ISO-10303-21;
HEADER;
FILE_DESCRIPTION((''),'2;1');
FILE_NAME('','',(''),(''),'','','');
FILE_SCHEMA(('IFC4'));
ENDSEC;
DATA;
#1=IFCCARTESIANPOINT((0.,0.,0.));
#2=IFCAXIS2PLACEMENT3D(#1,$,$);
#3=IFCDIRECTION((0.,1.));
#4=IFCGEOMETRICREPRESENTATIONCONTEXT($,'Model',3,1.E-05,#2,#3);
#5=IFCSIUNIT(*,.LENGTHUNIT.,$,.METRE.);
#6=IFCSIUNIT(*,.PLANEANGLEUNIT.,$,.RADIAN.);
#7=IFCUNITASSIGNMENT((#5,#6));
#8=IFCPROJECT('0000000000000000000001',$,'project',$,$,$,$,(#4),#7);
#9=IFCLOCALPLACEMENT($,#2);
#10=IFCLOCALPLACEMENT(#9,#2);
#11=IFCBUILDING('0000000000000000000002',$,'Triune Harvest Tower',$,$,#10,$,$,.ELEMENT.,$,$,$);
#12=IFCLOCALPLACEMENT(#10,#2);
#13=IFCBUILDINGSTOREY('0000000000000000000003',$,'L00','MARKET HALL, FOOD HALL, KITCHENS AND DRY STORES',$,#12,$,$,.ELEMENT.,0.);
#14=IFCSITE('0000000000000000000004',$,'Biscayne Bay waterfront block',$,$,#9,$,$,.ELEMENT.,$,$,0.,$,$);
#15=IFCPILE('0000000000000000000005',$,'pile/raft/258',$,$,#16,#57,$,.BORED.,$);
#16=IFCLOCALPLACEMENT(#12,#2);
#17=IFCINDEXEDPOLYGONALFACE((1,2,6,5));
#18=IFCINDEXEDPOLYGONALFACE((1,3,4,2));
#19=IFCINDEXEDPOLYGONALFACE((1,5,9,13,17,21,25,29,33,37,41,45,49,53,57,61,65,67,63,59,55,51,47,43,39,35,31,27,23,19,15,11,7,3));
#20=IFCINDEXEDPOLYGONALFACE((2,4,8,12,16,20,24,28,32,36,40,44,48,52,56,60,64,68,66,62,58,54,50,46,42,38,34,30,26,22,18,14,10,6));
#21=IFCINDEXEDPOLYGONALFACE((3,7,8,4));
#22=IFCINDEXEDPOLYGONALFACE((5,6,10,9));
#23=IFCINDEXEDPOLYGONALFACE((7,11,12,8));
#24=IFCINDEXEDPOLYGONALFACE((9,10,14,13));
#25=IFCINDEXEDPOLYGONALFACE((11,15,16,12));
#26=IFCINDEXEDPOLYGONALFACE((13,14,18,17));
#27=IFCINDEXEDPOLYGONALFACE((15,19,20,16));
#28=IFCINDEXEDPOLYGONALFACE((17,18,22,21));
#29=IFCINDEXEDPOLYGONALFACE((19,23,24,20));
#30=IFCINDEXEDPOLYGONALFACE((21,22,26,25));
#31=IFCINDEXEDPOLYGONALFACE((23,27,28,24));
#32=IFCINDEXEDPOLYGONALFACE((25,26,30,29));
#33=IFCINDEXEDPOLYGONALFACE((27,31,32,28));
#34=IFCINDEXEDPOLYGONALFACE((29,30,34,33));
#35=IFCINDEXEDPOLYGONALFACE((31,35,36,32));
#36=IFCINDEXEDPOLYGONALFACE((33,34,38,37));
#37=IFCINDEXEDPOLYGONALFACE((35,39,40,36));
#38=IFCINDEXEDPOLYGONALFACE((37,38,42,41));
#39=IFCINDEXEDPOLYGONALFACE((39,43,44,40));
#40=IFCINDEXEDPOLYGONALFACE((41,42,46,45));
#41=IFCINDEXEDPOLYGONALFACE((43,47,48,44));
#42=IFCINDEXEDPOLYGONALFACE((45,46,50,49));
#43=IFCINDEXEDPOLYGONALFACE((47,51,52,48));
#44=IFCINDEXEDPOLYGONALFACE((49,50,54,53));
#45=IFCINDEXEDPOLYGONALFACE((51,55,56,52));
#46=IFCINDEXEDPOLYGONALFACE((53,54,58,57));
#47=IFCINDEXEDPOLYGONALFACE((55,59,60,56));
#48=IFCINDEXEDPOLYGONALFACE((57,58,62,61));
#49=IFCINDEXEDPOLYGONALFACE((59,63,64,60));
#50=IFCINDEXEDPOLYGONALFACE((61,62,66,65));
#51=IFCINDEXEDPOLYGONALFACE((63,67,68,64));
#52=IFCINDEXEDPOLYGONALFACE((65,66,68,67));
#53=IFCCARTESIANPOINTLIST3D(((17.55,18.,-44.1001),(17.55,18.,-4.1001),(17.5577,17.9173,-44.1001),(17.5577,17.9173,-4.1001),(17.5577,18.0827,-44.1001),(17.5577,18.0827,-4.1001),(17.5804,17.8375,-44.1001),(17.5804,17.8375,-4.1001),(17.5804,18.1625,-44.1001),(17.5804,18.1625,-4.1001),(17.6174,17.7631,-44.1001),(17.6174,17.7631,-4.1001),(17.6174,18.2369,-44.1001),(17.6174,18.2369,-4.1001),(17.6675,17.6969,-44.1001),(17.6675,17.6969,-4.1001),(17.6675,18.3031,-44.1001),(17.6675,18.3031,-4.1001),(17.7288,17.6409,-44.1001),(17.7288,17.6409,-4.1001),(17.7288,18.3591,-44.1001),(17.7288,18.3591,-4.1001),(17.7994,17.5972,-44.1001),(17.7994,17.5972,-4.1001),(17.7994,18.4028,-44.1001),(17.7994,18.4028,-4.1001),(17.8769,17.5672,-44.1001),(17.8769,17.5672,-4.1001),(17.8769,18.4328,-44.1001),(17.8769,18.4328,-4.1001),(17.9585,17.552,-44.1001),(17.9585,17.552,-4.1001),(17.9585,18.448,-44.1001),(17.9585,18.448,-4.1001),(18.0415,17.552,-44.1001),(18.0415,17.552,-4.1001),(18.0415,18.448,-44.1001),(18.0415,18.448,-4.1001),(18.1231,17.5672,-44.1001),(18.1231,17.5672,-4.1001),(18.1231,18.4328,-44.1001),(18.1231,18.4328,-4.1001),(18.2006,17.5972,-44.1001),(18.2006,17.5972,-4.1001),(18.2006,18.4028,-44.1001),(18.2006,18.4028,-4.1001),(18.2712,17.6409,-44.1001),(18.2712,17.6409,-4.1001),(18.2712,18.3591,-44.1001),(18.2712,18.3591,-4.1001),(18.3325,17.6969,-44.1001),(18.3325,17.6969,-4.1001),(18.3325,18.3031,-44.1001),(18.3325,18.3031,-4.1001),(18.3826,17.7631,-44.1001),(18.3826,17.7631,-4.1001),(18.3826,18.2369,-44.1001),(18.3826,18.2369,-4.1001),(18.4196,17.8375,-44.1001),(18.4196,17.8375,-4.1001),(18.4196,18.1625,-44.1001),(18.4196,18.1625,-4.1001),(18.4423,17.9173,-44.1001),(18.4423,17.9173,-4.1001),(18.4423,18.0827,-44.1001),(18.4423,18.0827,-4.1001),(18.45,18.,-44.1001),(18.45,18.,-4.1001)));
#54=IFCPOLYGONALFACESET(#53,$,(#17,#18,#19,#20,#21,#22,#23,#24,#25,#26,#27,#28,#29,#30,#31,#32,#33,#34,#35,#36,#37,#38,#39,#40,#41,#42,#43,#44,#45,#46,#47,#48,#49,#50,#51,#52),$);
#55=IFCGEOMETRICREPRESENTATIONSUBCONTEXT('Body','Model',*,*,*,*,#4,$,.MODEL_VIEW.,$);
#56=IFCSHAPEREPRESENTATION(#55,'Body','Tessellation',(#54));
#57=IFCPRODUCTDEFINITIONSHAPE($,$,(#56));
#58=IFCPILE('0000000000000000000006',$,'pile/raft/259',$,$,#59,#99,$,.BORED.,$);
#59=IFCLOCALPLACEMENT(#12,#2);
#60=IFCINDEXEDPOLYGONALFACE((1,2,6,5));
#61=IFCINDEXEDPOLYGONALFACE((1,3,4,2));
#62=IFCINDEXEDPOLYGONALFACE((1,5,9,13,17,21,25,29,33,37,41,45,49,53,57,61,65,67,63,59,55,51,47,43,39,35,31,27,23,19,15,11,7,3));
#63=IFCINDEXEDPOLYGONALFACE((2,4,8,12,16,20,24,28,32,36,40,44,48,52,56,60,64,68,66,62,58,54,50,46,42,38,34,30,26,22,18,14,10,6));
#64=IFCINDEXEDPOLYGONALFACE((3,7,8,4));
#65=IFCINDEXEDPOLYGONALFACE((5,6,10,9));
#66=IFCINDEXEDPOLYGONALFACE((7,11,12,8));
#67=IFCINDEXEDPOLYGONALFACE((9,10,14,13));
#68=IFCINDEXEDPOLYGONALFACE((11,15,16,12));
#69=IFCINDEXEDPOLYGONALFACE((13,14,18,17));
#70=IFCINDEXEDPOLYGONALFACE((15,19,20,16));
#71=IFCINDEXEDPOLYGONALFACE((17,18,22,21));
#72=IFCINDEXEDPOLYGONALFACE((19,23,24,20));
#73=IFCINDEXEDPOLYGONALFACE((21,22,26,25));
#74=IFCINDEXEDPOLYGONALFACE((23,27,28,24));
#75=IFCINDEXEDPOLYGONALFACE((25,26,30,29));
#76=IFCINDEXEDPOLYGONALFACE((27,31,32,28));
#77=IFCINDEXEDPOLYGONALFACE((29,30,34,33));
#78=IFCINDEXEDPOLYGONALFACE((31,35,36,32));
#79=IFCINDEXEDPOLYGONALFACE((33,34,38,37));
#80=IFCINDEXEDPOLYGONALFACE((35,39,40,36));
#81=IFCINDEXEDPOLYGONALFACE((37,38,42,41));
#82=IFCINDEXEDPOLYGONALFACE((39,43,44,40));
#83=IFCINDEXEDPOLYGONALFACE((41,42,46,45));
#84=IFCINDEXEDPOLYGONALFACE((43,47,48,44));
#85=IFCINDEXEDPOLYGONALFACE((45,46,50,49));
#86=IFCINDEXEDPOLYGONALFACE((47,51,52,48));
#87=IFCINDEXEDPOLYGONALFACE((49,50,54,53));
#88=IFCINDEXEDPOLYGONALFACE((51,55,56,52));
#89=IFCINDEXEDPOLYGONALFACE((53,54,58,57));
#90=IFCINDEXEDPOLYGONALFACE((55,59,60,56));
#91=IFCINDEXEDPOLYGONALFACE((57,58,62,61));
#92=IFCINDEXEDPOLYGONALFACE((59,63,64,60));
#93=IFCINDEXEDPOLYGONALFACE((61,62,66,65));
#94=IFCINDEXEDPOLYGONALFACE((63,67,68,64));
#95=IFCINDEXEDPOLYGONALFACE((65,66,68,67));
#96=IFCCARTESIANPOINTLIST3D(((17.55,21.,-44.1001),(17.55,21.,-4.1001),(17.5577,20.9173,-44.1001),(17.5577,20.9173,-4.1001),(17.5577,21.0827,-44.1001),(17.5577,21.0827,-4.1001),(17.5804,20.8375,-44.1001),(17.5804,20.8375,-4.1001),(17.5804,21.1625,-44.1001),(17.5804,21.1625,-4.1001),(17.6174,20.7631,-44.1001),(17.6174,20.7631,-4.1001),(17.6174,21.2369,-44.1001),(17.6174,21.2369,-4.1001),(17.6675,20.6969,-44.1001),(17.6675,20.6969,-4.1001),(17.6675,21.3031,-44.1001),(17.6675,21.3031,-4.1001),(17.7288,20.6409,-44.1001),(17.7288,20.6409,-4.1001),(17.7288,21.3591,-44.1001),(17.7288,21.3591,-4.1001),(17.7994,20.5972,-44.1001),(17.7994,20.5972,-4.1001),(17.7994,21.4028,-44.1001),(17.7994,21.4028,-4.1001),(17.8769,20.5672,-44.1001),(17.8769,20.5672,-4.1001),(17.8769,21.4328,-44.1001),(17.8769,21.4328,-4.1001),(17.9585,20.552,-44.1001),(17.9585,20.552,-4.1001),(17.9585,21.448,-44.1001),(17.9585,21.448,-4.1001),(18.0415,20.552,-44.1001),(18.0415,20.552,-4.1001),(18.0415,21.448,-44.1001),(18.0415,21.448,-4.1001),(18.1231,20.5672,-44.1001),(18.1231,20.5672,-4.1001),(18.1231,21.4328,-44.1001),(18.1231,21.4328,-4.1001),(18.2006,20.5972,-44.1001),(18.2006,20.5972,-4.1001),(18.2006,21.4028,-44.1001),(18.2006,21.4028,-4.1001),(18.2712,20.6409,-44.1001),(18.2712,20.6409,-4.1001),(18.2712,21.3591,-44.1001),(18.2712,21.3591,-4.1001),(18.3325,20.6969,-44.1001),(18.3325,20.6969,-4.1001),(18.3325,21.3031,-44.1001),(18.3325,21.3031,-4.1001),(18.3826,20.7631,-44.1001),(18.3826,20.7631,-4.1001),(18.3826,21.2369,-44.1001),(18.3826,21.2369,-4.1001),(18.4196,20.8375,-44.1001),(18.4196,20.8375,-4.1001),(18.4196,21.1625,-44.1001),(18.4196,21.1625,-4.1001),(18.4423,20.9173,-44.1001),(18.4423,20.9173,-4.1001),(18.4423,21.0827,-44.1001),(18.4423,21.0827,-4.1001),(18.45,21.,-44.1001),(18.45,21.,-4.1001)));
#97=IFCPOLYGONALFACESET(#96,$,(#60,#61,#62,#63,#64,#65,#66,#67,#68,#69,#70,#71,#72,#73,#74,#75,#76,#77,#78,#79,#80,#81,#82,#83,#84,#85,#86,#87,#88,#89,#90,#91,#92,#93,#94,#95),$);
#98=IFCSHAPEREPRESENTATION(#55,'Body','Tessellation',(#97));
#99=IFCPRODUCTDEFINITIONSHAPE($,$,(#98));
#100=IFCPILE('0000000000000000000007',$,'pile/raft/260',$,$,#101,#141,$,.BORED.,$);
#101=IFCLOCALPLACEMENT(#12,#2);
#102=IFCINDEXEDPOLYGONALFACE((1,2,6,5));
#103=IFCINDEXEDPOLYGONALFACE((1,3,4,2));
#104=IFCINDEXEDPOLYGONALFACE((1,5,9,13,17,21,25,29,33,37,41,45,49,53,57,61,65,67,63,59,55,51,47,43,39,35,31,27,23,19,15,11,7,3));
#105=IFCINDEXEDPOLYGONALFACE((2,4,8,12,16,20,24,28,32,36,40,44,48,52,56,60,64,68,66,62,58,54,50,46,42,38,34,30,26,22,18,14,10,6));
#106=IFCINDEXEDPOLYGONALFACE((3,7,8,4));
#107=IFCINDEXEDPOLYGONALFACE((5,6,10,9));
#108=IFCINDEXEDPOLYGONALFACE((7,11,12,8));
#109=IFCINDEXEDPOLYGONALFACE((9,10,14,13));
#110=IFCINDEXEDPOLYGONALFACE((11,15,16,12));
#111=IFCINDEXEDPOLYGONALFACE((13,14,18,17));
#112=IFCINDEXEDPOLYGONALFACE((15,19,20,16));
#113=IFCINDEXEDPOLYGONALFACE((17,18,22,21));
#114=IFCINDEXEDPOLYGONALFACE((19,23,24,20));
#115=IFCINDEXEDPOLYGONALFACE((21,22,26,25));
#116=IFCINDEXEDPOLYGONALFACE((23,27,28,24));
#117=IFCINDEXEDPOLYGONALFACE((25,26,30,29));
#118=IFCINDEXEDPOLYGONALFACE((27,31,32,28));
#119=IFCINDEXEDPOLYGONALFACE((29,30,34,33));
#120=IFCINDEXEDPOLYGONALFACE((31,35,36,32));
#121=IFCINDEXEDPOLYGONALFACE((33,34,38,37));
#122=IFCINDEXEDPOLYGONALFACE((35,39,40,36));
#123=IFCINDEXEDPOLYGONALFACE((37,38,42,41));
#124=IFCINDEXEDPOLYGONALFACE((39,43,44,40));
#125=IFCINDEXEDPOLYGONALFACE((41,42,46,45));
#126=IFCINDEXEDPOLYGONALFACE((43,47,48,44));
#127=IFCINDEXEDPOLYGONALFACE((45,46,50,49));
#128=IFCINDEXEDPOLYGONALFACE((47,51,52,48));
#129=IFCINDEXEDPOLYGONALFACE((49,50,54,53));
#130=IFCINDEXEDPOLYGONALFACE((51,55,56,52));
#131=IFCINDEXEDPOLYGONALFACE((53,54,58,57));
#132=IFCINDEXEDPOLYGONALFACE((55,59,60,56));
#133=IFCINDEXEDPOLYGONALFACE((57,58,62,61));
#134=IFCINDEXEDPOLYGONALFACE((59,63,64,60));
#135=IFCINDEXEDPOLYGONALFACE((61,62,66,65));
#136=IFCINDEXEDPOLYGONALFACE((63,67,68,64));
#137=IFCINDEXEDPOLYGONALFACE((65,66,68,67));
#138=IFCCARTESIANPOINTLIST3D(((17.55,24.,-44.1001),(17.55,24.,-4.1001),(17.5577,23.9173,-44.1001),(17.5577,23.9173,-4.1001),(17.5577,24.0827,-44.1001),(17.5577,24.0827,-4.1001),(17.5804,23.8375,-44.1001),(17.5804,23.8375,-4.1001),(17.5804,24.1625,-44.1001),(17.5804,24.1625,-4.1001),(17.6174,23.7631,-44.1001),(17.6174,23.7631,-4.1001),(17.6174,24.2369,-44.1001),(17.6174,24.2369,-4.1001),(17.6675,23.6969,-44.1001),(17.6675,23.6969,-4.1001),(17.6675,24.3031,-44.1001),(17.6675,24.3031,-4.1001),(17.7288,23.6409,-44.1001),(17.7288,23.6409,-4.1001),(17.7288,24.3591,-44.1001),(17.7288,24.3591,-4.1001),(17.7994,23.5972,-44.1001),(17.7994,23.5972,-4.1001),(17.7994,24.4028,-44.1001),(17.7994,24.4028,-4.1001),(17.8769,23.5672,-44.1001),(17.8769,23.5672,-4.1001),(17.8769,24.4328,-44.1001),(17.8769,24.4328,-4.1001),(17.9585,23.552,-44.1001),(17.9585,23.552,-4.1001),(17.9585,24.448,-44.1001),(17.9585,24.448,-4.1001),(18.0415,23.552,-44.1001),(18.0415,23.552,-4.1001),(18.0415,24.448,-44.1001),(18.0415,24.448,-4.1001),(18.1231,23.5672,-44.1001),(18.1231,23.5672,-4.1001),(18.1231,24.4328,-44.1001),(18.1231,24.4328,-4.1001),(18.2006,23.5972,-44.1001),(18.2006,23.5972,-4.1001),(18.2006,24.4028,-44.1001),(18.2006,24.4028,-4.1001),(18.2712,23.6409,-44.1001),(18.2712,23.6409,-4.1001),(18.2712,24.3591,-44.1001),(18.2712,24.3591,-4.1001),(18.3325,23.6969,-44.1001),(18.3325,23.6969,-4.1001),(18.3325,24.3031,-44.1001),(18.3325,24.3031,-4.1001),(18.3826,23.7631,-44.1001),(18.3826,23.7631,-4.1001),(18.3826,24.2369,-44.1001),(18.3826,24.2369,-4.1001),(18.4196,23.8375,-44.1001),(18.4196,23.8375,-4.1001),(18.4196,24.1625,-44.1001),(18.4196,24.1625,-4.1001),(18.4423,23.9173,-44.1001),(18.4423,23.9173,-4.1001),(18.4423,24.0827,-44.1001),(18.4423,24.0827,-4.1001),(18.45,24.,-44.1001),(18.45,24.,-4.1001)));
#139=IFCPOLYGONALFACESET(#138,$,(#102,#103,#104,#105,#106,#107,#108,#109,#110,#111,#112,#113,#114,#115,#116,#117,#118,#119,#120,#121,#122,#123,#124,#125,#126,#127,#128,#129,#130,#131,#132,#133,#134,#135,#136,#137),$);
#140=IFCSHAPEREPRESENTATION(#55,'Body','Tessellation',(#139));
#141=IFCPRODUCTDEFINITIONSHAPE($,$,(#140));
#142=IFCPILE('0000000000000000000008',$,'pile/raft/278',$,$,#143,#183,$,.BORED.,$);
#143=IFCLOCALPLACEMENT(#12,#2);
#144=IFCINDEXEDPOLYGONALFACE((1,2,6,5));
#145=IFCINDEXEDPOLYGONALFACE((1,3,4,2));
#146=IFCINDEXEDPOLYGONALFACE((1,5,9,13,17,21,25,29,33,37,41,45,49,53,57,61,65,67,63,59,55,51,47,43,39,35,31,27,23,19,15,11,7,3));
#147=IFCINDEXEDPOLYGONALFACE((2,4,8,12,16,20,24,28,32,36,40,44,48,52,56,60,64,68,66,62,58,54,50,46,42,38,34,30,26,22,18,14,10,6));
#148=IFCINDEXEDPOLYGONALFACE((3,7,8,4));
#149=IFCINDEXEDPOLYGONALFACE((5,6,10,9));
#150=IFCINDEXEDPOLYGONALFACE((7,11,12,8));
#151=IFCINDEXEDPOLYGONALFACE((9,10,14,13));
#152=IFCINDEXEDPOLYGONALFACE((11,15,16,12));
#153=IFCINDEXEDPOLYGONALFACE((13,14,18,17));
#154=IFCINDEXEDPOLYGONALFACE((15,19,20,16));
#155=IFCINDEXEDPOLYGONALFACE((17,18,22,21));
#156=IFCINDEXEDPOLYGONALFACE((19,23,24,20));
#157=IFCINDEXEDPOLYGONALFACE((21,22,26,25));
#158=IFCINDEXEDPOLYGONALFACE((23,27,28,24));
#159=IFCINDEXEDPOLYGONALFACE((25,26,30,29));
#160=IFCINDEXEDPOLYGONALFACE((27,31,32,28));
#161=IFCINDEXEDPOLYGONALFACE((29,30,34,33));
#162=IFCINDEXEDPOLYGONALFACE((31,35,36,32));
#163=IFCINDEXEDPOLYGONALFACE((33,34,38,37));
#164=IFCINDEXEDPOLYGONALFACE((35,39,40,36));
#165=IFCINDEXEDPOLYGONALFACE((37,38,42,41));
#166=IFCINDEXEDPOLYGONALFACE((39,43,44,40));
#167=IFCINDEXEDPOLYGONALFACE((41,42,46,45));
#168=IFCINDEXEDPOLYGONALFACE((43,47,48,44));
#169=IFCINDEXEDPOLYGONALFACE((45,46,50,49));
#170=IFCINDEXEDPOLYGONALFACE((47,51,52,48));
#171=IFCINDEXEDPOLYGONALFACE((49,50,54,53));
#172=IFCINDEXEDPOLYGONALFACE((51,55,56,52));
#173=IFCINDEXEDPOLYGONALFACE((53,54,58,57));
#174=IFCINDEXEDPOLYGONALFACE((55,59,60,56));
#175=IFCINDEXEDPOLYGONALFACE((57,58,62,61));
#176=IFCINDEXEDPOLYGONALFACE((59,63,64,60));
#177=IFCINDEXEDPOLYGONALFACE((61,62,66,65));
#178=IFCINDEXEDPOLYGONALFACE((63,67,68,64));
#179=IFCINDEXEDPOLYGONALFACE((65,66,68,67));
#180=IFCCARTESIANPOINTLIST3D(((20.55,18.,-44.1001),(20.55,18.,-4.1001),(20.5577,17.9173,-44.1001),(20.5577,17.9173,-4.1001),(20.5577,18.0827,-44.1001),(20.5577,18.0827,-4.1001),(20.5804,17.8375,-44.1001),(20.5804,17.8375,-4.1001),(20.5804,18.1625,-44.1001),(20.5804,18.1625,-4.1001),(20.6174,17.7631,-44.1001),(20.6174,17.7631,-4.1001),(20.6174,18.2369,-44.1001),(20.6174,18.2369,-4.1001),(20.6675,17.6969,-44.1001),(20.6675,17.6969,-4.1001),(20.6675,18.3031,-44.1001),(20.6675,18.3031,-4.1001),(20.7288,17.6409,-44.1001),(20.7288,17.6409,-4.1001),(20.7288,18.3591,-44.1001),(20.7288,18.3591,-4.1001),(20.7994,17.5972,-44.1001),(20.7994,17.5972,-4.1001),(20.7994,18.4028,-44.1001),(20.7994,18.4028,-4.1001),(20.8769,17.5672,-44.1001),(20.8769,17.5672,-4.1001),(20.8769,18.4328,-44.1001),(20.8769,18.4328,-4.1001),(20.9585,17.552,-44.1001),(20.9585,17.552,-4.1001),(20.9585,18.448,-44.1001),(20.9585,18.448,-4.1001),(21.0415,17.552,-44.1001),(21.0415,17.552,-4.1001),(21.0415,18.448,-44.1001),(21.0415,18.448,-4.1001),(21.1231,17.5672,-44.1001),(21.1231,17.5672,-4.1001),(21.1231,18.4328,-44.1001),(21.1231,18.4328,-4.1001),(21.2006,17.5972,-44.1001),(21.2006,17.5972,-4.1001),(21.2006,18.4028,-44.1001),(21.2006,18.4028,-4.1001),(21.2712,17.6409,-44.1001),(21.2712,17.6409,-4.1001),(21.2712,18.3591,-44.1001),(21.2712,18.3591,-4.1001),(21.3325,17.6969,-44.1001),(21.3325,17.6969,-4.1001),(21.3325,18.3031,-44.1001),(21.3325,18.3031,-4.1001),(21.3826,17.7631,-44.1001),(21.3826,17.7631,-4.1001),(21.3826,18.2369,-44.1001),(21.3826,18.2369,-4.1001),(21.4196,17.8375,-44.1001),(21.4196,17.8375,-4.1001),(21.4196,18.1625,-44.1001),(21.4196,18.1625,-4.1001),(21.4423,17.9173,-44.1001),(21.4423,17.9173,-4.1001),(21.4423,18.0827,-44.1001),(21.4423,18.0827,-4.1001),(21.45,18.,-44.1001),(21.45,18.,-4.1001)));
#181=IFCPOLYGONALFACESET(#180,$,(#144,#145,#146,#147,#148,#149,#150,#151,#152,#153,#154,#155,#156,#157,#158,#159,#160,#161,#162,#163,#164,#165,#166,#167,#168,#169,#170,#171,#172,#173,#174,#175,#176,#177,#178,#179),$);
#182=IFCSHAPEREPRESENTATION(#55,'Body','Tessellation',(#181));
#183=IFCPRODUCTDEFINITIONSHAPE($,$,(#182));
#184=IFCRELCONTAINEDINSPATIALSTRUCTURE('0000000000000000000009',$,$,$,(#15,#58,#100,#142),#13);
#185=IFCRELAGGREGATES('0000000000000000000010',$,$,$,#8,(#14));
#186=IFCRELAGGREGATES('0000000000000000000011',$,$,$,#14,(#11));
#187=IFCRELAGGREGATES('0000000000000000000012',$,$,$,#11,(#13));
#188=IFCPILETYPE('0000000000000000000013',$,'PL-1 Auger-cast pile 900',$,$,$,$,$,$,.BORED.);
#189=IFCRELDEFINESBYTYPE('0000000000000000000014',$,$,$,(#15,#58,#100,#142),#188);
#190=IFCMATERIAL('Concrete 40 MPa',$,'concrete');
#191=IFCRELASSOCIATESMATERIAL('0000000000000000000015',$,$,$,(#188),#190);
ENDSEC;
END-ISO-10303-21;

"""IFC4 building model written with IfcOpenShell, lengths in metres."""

from ifc_helpers import new_model, si_unit, direction, frame, origin, origin_2d, place, context, subcontext, project, spatial, circle, extrude, source, transform, mapped, material, material_profile, profile_set, type_object, element, save


model = new_model("IFC4")

# Units and contexts
model_context = context("Model", 3, precision=1e-05, world=origin(), true_north=direction((0.0, 1.0)))
body_context = subcontext(model_context, "Body", "Model", "MODEL_VIEW")
ifc_project = project(units=[si_unit("LENGTHUNIT", "METRE"), si_unit("PLANEANGLEUNIT", "RADIAN")], contexts=[model_context])

# Site, building, storey
site_placement = place(None, origin())
site = spatial("IfcSite", under=ifc_project, at=site_placement, Name="Biscayne Bay waterfront block", CompositionType="ELEMENT", RefElevation=0.0)
building_placement = place(site_placement, origin())
building = spatial("IfcBuilding", under=site, at=building_placement, Name="Triune Harvest Tower", CompositionType="ELEMENT")
storey_placement = place(building_placement, origin())
storey = spatial("IfcBuildingStorey", under=building, at=storey_placement, Name="L00", Description="MARKET HALL, FOOD HALL, KITCHENS AND DRY STORES", CompositionType="ELEMENT", Elevation=0.0)

# Piles
ifc_material_1 = material(Name="Concrete 40 MPa", Category="concrete")
ifc_material_profile_1 = material_profile(ifc_material_1, circle(Radius=0.45, at=origin_2d()), Name="Bored 900")
ifc_profile_set_1 = profile_set([ifc_material_profile_1], Name="Concrete 40 MPa")
pile_type = type_object("IfcPileType", Name="PL-1 Auger-cast pile 900", PredefinedType="BORED", material=ifc_profile_set_1)
shared_shape_1 = source(origin(), body_context, "Body", "SweptSolid", [
    extrude(circle(Radius=0.45, at=origin_2d()), origin(), (0.0, 0.0, 1.0), 40.0),
])
for number, where, z_axis, x_axis, name in (
    (1, (18.0, 18.0, -4.1001), (0.0, 0.0, -1.0), (1.0, 0.0, 0.0), "pile/raft/258"),
    (2, (18.0, 21.0, -4.1001), (0.0, 0.0, -1.0), (1.0, 0.0, 0.0), "pile/raft/259"),
    (3, (18.0, 24.0, -4.1001), (0.0, 0.0, -1.0), (1.0, 0.0, 0.0), "pile/raft/260"),
    (4, (21.0, 18.0, -4.1001), (0.0, 0.0, -1.0), (1.0, 0.0, 0.0), "pile/raft/278"),
):
    element("IfcPile", number, at=place(storey_placement, frame(where, z_axis=z_axis, x_axis=x_axis)), inside=storey, type_object=pile_type, Name=name, PredefinedType="BORED", context=body_context, shape_type="MappedRepresentation", body=[
        mapped(shared_shape_1, transform((0.0, 0.0, 0.0), scale=1.0)),
    ])

save(model, "model.ifc")
